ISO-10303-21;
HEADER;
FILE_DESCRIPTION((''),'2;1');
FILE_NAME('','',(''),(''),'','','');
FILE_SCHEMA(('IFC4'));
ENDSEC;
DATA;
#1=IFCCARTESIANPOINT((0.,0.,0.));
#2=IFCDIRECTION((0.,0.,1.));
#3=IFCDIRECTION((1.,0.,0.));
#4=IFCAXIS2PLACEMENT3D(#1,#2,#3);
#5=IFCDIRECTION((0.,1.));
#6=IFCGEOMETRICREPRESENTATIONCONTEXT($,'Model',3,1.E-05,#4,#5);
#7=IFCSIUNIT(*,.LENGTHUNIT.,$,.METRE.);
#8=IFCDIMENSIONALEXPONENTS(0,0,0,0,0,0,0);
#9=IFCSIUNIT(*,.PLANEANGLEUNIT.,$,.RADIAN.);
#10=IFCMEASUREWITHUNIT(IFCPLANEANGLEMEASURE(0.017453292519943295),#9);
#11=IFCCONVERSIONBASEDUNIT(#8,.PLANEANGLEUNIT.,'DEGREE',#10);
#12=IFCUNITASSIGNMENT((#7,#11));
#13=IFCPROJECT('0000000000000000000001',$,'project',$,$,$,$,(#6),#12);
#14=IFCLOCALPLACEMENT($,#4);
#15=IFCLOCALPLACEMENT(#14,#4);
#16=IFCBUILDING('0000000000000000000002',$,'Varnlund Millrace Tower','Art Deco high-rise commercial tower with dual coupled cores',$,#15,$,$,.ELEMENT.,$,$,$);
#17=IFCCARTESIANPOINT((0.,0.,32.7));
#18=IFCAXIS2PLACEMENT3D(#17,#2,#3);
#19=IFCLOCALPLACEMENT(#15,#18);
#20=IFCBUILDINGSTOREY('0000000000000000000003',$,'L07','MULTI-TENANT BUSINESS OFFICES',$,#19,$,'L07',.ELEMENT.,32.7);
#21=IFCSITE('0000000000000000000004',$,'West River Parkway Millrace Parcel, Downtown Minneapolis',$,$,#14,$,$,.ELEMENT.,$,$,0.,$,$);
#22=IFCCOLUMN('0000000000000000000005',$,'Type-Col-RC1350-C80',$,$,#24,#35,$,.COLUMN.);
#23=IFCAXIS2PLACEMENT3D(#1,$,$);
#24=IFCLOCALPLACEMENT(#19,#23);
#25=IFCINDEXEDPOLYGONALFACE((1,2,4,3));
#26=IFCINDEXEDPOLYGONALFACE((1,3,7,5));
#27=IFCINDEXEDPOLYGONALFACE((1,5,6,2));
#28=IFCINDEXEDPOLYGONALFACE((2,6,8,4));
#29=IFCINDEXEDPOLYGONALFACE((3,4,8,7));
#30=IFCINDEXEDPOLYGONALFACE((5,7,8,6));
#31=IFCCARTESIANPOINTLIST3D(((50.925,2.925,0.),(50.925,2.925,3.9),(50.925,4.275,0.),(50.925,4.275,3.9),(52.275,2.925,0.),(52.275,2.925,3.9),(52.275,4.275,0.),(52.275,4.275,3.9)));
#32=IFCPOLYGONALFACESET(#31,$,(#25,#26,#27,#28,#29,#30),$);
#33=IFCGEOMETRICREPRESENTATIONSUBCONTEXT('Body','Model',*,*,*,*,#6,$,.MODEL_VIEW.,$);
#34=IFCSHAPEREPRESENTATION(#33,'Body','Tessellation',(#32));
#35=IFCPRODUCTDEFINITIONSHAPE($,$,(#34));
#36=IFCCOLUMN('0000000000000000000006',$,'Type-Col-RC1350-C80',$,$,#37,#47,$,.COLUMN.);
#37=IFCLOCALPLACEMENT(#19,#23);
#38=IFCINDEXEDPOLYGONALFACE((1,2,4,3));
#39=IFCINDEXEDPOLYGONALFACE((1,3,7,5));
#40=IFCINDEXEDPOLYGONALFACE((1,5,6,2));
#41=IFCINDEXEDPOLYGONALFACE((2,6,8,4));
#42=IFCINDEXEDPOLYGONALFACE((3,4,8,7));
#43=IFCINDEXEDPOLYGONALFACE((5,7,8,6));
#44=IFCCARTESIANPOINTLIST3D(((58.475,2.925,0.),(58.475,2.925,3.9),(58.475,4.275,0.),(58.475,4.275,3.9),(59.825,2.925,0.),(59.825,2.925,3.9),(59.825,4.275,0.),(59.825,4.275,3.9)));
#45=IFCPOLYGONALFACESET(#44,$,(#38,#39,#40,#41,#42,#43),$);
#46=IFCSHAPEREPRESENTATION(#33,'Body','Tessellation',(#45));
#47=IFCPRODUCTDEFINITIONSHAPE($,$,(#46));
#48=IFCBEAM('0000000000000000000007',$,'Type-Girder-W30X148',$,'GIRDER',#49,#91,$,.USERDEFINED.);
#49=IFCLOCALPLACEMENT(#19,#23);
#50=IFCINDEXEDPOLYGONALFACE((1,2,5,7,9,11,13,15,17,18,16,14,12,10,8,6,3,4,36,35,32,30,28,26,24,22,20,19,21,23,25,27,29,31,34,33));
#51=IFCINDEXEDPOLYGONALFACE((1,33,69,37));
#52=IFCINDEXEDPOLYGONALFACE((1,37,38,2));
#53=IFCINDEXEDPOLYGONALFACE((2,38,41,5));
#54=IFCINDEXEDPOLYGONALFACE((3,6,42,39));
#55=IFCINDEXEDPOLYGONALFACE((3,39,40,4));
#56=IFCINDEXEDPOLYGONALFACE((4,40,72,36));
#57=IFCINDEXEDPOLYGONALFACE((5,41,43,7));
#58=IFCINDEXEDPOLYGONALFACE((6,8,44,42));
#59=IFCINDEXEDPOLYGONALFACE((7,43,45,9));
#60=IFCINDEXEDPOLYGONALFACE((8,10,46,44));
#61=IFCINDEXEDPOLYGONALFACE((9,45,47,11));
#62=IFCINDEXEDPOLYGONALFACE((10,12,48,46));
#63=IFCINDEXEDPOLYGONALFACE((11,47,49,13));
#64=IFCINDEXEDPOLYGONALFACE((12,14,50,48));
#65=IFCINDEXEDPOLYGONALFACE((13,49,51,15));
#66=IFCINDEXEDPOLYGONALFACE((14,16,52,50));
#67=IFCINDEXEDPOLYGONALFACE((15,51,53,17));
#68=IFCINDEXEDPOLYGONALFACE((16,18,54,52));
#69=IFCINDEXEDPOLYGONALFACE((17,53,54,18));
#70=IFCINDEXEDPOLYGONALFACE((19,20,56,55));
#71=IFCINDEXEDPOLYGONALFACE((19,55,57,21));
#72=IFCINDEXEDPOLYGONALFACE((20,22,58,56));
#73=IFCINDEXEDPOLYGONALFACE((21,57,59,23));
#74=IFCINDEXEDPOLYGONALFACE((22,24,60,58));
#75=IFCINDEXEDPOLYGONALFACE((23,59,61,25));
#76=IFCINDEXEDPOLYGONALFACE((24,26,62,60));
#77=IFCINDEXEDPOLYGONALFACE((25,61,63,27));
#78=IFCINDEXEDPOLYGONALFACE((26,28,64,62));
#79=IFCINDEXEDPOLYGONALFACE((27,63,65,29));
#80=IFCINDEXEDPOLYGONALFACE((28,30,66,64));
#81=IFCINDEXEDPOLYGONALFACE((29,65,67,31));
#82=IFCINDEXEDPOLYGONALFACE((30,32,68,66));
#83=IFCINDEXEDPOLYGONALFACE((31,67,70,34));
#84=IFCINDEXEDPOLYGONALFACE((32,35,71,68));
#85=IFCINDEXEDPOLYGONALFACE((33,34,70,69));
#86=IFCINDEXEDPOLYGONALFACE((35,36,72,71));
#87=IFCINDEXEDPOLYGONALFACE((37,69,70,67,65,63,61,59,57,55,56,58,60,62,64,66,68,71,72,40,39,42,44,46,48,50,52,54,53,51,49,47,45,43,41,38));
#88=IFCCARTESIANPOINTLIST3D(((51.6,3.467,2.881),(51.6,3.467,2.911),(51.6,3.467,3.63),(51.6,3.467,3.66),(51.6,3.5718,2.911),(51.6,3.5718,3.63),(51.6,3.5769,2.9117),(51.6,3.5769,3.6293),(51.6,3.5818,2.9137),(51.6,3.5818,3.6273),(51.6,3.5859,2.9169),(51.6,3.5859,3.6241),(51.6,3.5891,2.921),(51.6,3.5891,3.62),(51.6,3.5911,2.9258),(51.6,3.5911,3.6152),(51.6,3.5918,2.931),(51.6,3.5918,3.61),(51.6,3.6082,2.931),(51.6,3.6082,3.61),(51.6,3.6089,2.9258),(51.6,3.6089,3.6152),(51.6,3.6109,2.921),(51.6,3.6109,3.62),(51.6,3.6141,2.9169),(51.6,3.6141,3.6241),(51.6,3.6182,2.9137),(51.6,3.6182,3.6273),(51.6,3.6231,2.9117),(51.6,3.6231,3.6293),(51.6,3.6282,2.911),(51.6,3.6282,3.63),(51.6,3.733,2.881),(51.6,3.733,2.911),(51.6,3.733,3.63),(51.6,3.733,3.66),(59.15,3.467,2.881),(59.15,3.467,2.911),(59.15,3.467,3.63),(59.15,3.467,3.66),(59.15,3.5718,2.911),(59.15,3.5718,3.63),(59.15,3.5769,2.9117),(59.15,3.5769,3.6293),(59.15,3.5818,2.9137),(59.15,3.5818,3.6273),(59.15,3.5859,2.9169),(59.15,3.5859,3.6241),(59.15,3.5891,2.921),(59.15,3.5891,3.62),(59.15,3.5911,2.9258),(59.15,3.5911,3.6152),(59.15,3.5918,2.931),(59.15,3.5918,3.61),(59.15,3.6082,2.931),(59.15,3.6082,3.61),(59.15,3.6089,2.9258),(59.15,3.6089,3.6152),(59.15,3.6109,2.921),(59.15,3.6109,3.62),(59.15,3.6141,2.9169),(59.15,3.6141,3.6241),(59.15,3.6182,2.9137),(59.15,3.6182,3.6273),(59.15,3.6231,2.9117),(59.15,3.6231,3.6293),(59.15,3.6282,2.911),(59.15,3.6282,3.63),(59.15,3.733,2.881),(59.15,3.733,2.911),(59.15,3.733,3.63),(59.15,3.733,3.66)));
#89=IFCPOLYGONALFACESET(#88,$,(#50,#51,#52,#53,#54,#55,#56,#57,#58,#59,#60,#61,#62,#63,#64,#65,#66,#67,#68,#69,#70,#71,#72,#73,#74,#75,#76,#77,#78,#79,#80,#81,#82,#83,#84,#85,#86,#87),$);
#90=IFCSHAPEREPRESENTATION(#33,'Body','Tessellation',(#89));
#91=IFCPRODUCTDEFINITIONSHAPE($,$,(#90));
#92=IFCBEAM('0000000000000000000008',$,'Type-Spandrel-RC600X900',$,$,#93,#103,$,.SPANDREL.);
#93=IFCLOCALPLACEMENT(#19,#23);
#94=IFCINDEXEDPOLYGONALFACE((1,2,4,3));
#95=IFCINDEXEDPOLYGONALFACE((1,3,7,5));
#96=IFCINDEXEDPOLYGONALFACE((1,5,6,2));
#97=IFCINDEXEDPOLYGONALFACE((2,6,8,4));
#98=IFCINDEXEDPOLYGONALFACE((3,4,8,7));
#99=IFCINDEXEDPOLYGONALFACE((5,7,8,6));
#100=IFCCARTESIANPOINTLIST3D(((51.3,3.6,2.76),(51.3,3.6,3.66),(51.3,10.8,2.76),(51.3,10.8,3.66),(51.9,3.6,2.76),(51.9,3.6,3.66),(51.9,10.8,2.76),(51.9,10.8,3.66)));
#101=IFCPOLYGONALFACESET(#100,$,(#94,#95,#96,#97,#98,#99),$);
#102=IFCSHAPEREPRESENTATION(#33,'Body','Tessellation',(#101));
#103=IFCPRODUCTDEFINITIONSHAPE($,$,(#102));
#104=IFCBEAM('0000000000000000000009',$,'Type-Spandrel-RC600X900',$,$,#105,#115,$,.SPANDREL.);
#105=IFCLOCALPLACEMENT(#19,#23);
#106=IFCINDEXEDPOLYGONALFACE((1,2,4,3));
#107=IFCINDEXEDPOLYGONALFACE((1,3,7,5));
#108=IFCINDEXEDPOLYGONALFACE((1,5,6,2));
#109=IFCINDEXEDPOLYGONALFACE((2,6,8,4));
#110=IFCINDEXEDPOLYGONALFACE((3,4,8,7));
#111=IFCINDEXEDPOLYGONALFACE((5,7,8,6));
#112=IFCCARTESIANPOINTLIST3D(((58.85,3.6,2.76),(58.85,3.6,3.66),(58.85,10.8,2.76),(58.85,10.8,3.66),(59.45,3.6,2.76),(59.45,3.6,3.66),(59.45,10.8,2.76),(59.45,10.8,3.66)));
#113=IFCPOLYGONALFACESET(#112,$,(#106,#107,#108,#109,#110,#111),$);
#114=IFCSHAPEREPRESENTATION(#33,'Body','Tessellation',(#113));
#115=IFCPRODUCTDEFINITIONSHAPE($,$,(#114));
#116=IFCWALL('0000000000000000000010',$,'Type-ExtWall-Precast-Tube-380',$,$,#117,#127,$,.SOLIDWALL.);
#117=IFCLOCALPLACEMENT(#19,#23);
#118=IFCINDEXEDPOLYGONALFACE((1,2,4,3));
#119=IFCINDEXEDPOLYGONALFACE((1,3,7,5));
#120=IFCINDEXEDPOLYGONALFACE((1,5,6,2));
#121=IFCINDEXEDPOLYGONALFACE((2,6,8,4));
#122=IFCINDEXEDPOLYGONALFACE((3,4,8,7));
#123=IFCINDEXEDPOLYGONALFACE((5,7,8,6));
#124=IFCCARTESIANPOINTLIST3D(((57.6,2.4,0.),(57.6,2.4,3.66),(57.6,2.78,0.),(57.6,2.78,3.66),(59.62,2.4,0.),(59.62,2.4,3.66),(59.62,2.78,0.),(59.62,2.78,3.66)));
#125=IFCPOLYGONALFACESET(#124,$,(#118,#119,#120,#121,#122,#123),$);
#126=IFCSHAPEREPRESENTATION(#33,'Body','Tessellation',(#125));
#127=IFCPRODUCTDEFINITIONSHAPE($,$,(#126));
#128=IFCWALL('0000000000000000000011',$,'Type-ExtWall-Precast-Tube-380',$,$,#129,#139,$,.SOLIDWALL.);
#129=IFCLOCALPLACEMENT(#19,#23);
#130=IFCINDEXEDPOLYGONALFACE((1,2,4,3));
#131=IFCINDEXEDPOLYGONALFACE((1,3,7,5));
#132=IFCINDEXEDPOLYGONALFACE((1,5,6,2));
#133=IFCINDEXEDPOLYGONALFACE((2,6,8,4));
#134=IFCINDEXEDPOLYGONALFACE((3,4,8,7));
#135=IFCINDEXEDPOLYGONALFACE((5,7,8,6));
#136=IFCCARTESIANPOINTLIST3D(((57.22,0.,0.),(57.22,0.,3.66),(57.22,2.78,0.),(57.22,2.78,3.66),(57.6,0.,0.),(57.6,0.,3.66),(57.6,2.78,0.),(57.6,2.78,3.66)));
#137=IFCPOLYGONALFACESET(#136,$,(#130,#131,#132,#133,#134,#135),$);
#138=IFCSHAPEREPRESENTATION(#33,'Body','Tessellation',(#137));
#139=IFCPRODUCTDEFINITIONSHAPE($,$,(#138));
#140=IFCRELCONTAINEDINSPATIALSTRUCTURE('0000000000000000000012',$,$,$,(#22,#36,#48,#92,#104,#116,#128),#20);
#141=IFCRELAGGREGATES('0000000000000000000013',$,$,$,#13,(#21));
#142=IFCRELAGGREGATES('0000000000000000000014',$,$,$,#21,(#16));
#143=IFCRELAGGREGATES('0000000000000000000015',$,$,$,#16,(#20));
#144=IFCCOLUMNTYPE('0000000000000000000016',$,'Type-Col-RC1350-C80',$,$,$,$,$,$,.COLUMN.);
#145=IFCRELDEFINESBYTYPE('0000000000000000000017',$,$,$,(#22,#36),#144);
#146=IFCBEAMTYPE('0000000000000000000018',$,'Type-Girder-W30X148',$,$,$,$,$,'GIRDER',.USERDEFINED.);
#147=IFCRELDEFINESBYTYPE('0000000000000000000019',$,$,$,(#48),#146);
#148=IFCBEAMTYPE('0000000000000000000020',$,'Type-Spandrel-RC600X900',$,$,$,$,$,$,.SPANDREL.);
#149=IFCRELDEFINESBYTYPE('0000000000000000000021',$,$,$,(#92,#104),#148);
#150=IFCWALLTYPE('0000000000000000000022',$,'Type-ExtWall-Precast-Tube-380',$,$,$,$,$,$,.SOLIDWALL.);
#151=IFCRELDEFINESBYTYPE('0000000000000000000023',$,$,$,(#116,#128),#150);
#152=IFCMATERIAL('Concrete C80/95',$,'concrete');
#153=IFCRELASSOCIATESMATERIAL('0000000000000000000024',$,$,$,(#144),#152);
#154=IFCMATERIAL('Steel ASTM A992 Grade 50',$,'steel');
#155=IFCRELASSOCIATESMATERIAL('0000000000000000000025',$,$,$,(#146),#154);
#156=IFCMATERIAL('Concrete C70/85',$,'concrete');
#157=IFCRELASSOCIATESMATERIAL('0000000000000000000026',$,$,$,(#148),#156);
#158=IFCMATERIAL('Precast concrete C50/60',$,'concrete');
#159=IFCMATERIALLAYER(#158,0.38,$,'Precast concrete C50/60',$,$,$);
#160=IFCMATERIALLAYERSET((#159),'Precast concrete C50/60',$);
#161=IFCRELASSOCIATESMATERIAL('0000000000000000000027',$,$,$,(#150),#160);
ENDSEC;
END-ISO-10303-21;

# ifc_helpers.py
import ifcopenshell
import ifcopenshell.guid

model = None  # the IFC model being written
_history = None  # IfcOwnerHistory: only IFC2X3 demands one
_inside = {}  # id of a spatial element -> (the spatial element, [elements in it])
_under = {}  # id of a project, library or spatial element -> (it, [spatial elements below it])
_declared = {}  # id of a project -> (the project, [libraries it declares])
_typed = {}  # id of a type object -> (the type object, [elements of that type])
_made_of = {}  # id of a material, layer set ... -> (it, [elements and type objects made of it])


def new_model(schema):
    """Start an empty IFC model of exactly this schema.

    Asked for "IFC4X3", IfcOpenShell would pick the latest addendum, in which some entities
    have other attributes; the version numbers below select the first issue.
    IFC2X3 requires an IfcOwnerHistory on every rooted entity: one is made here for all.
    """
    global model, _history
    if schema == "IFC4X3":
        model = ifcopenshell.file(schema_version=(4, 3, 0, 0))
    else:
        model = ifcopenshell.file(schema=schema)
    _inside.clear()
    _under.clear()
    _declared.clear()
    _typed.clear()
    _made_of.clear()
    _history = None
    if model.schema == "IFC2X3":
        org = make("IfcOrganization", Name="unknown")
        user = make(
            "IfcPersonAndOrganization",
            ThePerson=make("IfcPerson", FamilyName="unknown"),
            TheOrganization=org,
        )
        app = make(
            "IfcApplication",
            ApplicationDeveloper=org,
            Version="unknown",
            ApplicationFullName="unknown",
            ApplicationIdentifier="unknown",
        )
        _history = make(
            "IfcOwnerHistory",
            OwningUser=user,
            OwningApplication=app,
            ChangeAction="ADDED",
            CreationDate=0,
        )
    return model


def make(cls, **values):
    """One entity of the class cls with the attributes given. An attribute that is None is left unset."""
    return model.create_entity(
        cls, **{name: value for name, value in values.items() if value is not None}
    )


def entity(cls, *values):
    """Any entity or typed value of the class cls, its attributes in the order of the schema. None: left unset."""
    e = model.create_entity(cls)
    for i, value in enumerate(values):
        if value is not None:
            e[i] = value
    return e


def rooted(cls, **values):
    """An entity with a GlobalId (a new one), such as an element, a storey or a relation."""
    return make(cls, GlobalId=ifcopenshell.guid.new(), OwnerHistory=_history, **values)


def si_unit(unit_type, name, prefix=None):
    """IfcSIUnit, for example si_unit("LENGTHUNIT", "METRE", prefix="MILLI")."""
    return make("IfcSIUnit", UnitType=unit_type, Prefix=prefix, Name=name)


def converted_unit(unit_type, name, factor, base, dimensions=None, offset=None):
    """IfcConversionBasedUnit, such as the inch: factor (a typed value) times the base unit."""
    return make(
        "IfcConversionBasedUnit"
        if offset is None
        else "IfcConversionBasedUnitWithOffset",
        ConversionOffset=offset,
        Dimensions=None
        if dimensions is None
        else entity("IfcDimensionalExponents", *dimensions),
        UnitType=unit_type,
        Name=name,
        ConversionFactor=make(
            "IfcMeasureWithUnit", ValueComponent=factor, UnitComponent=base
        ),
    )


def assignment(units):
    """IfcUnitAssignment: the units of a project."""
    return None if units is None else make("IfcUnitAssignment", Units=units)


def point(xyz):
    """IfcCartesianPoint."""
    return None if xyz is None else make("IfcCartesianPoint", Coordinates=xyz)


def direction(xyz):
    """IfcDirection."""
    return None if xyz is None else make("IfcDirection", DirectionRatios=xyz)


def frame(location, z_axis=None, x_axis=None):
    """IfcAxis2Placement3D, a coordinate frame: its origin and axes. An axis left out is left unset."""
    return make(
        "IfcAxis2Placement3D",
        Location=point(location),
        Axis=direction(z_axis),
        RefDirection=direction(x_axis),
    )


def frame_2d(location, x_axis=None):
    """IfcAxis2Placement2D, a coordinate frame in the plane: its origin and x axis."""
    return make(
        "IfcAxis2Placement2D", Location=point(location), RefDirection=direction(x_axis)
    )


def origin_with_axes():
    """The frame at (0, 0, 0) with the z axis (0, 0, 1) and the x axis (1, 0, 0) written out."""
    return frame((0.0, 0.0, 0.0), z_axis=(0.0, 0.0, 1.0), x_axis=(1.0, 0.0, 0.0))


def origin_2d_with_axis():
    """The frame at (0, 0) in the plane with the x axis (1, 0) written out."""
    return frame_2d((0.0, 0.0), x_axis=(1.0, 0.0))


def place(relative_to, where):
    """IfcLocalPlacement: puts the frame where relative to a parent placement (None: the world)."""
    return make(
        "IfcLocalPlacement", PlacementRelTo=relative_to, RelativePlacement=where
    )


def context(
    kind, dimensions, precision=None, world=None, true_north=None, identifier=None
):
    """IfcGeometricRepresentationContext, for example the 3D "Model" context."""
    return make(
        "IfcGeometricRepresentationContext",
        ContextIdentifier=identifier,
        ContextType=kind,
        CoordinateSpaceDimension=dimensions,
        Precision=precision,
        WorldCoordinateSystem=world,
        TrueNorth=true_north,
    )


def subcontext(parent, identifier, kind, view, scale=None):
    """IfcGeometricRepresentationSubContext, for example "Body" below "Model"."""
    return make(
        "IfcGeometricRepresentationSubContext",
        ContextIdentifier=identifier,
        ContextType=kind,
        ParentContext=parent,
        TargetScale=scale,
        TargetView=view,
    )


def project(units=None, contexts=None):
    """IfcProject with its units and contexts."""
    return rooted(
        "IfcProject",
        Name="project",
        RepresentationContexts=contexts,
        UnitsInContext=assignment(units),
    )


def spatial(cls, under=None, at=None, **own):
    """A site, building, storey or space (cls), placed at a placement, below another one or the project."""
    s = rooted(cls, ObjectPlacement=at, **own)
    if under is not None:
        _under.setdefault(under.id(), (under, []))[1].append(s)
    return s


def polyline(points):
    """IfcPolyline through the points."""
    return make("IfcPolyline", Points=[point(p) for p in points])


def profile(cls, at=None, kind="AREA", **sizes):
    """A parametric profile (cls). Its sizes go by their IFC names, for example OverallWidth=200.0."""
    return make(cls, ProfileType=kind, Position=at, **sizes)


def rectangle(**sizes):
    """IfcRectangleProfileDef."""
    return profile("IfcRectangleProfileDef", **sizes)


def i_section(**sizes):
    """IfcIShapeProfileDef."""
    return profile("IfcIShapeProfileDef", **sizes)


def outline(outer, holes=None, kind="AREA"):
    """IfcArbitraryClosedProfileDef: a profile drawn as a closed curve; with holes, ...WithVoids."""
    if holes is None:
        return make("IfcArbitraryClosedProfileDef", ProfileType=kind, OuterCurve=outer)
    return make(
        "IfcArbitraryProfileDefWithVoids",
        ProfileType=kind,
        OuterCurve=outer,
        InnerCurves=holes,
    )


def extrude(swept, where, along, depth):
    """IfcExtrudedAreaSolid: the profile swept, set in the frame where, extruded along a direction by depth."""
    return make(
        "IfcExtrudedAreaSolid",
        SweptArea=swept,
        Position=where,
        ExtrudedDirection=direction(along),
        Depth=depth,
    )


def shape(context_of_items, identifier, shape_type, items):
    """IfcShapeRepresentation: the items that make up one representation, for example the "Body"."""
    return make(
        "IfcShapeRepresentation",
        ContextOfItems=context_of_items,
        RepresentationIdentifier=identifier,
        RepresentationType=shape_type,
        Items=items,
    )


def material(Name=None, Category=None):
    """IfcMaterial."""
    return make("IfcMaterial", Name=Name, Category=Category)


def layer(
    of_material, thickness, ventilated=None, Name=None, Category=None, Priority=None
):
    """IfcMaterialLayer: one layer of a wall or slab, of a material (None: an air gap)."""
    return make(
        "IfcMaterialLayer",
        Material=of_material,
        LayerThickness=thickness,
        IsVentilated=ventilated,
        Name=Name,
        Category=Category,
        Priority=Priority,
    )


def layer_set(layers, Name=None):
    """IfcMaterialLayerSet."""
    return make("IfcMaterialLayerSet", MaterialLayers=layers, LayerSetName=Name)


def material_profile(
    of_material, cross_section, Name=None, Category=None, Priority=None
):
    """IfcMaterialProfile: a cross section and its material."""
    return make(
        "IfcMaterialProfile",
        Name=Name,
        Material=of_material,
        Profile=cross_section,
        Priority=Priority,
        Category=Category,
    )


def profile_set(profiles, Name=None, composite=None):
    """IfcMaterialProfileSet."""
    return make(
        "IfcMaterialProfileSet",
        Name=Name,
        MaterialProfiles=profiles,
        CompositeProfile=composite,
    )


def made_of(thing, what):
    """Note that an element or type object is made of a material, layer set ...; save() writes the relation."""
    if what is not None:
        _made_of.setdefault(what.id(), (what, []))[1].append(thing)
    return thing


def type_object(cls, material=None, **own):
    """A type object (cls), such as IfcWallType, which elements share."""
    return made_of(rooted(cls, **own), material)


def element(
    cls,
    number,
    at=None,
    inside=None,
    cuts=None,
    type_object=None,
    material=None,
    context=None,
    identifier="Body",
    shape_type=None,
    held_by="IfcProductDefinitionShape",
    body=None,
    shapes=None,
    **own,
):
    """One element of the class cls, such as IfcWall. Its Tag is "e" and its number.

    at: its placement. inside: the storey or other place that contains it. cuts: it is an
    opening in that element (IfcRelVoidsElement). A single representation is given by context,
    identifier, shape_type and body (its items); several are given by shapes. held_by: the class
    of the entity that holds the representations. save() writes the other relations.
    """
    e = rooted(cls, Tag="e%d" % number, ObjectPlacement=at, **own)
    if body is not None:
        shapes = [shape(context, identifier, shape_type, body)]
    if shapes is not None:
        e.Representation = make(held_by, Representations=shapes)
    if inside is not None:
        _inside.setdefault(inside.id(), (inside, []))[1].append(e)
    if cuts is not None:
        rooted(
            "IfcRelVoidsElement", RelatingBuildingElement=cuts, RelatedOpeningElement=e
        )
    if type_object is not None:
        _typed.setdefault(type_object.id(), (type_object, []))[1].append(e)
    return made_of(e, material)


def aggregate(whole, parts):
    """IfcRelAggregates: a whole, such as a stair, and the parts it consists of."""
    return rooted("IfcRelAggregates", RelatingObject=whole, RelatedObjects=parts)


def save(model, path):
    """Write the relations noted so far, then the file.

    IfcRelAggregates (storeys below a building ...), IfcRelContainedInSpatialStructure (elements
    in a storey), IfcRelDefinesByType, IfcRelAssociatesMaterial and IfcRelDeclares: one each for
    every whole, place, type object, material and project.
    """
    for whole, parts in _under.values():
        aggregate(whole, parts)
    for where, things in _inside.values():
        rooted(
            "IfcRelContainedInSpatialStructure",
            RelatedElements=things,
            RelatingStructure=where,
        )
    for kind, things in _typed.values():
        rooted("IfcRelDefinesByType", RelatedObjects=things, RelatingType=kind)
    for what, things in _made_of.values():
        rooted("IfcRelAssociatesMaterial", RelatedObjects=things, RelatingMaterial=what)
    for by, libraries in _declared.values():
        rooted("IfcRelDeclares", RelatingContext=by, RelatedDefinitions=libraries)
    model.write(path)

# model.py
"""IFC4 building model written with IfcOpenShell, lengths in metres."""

from ifc_helpers import new_model, entity, si_unit, converted_unit, direction, frame, origin_with_axes, origin_2d_with_axis, place, context, subcontext, project, spatial, polyline, rectangle, i_section, outline, extrude, material, layer, layer_set, material_profile, profile_set, type_object, element, save


model = new_model("IFC4")

# Units and contexts
model_context = context("Model", 3, precision=1e-05, world=origin_with_axes(), true_north=direction((0.0, 1.0)))
body_context = subcontext(model_context, "Body", "Model", "MODEL_VIEW")
ifc_project = project(units=[si_unit("LENGTHUNIT", "METRE"), converted_unit("PLANEANGLEUNIT", "DEGREE", entity("IfcPlaneAngleMeasure", 0.017453292519943295), si_unit("PLANEANGLEUNIT", "RADIAN"), dimensions=[0, 0, 0, 0, 0, 0, 0])], contexts=[model_context])

# Site, building, storey
site_placement = place(None, origin_with_axes())
site = spatial("IfcSite", under=ifc_project, at=site_placement, Name="West River Parkway Millrace Parcel, Downtown Minneapolis", CompositionType="ELEMENT", RefElevation=0.0)
building_placement = place(site_placement, origin_with_axes())
building = spatial("IfcBuilding", under=site, at=building_placement, Name="Varnlund Millrace Tower", Description="Art Deco high-rise commercial tower with dual coupled cores", CompositionType="ELEMENT")
storey_placement = place(building_placement, frame((0.0, 0.0, 32.7), z_axis=(0.0, 0.0, 1.0), x_axis=(1.0, 0.0, 0.0)))
storey = spatial("IfcBuildingStorey", under=building, at=storey_placement, Name="L07", Description="MULTI-TENANT BUSINESS OFFICES", LongName="L07", CompositionType="ELEMENT", Elevation=32.7)

# Columns
ifc_material_1 = material(Name="Concrete C80/95", Category="concrete")
ifc_material_profile_1 = material_profile(ifc_material_1, rectangle(XDim=1.35, YDim=1.35, at=origin_2d_with_axis()), Name="Concrete C80/95")
ifc_profile_set_1 = profile_set([ifc_material_profile_1], Name="Concrete C80/95")
column_type = type_object("IfcColumnType", Name="Type-Col-RC1350-C80", PredefinedType="COLUMN", material=ifc_profile_set_1)
for number, where, z_axis, x_axis, name in (
    (1, (51.6, 3.6, 0.0), (0.0, 0.0, 1.0), (1.0, 0.0, 0.0), "Type-Col-RC1350-C80"),
    (2, (59.15, 3.6, 0.0), (0.0, 0.0, 1.0), (1.0, 0.0, 0.0), "Type-Col-RC1350-C80"),
):
    element("IfcColumn", number, at=place(storey_placement, frame(where, z_axis=z_axis, x_axis=x_axis)), inside=storey, type_object=column_type, Name=name, PredefinedType="COLUMN", context=body_context, shape_type="SweptSolid", body=[
        extrude(rectangle(XDim=1.35, YDim=1.35, at=origin_2d_with_axis()), origin_with_axes(), (0.0, 0.0, 1.0), 3.9),
    ])

# Beams
ifc_material_2 = material(Name="Steel ASTM A992 Grade 50", Category="steel")
ifc_material_profile_2 = material_profile(ifc_material_2, i_section(OverallWidth=0.266, OverallDepth=0.779, WebThickness=0.0165, FlangeThickness=0.03, FilletRadius=0.02, at=origin_2d_with_axis()), Name="Steel ASTM A992 Grade 50")
ifc_profile_set_2 = profile_set([ifc_material_profile_2], Name="Steel ASTM A992 Grade 50")
beam_type_1 = type_object("IfcBeamType", Name="Type-Girder-W30X148", ElementType="GIRDER", PredefinedType="USERDEFINED", material=ifc_profile_set_2)
beam_placement = place(storey_placement, frame((51.6, 3.6, 3.2705), z_axis=(1.0, 0.0, 0.0), x_axis=(0.0, 1.0, 0.0)))
element("IfcBeam", 3, at=beam_placement, inside=storey, type_object=beam_type_1, Name="Type-Girder-W30X148", ObjectType="GIRDER", PredefinedType="USERDEFINED", context=body_context, shape_type="SweptSolid", body=[
    extrude(i_section(OverallWidth=0.266, OverallDepth=0.779, WebThickness=0.0165, FlangeThickness=0.03, FilletRadius=0.02, at=origin_2d_with_axis()), origin_with_axes(), (0.0, 0.0, 1.0), 7.55),
])
ifc_material_3 = material(Name="Concrete C70/85", Category="concrete")
ifc_material_profile_3 = material_profile(ifc_material_3, rectangle(XDim=0.6, YDim=0.9, at=origin_2d_with_axis()), Name="Concrete C70/85")
ifc_profile_set_3 = profile_set([ifc_material_profile_3], Name="Concrete C70/85")
beam_type_2 = type_object("IfcBeamType", Name="Type-Spandrel-RC600X900", PredefinedType="SPANDREL", material=ifc_profile_set_3)
for number, where, z_axis, x_axis, name in (
    (4, (51.6, 3.6, 3.21), (0.0, 1.0, 0.0), (-1.0, 0.0, 0.0), "Type-Spandrel-RC600X900"),
    (5, (59.15, 3.6, 3.21), (0.0, 1.0, 0.0), (-1.0, 0.0, 0.0), "Type-Spandrel-RC600X900"),
):
    element("IfcBeam", number, at=place(storey_placement, frame(where, z_axis=z_axis, x_axis=x_axis)), inside=storey, type_object=beam_type_2, Name=name, PredefinedType="SPANDREL", context=body_context, shape_type="SweptSolid", body=[
        extrude(rectangle(XDim=0.6, YDim=0.9, at=origin_2d_with_axis()), origin_with_axes(), (0.0, 0.0, 1.0), 7.2),
    ])

# Walls
ifc_material_4 = material(Name="Precast concrete C50/60", Category="concrete")
ifc_layer = layer(ifc_material_4, 0.38, Name="Precast concrete C50/60")
ifc_layer_set = layer_set([ifc_layer], Name="Precast concrete C50/60")
wall_type = type_object("IfcWallType", Name="Type-ExtWall-Precast-Tube-380", PredefinedType="SOLIDWALL", material=ifc_layer_set)
wall_1_placement = place(storey_placement, frame((59.62, 2.59, 0.0), z_axis=(0.0, 0.0, 1.0), x_axis=(-1.0, 0.0, 0.0)))
element("IfcWall", 6, at=wall_1_placement, inside=storey, type_object=wall_type, Name="Type-ExtWall-Precast-Tube-380", PredefinedType="SOLIDWALL", context=body_context, shape_type="SweptSolid", body=[
    extrude(outline(polyline([(0.0, -0.19), (2.02, -0.19), (2.02, 0.19), (0.0, 0.19), (0.0, -0.19)])), origin_with_axes(), (0.0, 0.0, 1.0), 3.66),
])
wall_2_placement = place(storey_placement, frame((57.41, 2.78, 0.0), z_axis=(0.0, 0.0, 1.0), x_axis=(0.0, -1.0, 0.0)))
element("IfcWall", 7, at=wall_2_placement, inside=storey, type_object=wall_type, Name="Type-ExtWall-Precast-Tube-380", PredefinedType="SOLIDWALL", context=body_context, shape_type="SweptSolid", body=[
    extrude(outline(polyline([(0.0, -0.19), (2.78, -0.19), (2.78, 0.19), (0.0, 0.19), (0.0, -0.19)])), origin_with_axes(), (0.0, 0.0, 1.0), 3.66),
])

save(model, "model.ifc")
